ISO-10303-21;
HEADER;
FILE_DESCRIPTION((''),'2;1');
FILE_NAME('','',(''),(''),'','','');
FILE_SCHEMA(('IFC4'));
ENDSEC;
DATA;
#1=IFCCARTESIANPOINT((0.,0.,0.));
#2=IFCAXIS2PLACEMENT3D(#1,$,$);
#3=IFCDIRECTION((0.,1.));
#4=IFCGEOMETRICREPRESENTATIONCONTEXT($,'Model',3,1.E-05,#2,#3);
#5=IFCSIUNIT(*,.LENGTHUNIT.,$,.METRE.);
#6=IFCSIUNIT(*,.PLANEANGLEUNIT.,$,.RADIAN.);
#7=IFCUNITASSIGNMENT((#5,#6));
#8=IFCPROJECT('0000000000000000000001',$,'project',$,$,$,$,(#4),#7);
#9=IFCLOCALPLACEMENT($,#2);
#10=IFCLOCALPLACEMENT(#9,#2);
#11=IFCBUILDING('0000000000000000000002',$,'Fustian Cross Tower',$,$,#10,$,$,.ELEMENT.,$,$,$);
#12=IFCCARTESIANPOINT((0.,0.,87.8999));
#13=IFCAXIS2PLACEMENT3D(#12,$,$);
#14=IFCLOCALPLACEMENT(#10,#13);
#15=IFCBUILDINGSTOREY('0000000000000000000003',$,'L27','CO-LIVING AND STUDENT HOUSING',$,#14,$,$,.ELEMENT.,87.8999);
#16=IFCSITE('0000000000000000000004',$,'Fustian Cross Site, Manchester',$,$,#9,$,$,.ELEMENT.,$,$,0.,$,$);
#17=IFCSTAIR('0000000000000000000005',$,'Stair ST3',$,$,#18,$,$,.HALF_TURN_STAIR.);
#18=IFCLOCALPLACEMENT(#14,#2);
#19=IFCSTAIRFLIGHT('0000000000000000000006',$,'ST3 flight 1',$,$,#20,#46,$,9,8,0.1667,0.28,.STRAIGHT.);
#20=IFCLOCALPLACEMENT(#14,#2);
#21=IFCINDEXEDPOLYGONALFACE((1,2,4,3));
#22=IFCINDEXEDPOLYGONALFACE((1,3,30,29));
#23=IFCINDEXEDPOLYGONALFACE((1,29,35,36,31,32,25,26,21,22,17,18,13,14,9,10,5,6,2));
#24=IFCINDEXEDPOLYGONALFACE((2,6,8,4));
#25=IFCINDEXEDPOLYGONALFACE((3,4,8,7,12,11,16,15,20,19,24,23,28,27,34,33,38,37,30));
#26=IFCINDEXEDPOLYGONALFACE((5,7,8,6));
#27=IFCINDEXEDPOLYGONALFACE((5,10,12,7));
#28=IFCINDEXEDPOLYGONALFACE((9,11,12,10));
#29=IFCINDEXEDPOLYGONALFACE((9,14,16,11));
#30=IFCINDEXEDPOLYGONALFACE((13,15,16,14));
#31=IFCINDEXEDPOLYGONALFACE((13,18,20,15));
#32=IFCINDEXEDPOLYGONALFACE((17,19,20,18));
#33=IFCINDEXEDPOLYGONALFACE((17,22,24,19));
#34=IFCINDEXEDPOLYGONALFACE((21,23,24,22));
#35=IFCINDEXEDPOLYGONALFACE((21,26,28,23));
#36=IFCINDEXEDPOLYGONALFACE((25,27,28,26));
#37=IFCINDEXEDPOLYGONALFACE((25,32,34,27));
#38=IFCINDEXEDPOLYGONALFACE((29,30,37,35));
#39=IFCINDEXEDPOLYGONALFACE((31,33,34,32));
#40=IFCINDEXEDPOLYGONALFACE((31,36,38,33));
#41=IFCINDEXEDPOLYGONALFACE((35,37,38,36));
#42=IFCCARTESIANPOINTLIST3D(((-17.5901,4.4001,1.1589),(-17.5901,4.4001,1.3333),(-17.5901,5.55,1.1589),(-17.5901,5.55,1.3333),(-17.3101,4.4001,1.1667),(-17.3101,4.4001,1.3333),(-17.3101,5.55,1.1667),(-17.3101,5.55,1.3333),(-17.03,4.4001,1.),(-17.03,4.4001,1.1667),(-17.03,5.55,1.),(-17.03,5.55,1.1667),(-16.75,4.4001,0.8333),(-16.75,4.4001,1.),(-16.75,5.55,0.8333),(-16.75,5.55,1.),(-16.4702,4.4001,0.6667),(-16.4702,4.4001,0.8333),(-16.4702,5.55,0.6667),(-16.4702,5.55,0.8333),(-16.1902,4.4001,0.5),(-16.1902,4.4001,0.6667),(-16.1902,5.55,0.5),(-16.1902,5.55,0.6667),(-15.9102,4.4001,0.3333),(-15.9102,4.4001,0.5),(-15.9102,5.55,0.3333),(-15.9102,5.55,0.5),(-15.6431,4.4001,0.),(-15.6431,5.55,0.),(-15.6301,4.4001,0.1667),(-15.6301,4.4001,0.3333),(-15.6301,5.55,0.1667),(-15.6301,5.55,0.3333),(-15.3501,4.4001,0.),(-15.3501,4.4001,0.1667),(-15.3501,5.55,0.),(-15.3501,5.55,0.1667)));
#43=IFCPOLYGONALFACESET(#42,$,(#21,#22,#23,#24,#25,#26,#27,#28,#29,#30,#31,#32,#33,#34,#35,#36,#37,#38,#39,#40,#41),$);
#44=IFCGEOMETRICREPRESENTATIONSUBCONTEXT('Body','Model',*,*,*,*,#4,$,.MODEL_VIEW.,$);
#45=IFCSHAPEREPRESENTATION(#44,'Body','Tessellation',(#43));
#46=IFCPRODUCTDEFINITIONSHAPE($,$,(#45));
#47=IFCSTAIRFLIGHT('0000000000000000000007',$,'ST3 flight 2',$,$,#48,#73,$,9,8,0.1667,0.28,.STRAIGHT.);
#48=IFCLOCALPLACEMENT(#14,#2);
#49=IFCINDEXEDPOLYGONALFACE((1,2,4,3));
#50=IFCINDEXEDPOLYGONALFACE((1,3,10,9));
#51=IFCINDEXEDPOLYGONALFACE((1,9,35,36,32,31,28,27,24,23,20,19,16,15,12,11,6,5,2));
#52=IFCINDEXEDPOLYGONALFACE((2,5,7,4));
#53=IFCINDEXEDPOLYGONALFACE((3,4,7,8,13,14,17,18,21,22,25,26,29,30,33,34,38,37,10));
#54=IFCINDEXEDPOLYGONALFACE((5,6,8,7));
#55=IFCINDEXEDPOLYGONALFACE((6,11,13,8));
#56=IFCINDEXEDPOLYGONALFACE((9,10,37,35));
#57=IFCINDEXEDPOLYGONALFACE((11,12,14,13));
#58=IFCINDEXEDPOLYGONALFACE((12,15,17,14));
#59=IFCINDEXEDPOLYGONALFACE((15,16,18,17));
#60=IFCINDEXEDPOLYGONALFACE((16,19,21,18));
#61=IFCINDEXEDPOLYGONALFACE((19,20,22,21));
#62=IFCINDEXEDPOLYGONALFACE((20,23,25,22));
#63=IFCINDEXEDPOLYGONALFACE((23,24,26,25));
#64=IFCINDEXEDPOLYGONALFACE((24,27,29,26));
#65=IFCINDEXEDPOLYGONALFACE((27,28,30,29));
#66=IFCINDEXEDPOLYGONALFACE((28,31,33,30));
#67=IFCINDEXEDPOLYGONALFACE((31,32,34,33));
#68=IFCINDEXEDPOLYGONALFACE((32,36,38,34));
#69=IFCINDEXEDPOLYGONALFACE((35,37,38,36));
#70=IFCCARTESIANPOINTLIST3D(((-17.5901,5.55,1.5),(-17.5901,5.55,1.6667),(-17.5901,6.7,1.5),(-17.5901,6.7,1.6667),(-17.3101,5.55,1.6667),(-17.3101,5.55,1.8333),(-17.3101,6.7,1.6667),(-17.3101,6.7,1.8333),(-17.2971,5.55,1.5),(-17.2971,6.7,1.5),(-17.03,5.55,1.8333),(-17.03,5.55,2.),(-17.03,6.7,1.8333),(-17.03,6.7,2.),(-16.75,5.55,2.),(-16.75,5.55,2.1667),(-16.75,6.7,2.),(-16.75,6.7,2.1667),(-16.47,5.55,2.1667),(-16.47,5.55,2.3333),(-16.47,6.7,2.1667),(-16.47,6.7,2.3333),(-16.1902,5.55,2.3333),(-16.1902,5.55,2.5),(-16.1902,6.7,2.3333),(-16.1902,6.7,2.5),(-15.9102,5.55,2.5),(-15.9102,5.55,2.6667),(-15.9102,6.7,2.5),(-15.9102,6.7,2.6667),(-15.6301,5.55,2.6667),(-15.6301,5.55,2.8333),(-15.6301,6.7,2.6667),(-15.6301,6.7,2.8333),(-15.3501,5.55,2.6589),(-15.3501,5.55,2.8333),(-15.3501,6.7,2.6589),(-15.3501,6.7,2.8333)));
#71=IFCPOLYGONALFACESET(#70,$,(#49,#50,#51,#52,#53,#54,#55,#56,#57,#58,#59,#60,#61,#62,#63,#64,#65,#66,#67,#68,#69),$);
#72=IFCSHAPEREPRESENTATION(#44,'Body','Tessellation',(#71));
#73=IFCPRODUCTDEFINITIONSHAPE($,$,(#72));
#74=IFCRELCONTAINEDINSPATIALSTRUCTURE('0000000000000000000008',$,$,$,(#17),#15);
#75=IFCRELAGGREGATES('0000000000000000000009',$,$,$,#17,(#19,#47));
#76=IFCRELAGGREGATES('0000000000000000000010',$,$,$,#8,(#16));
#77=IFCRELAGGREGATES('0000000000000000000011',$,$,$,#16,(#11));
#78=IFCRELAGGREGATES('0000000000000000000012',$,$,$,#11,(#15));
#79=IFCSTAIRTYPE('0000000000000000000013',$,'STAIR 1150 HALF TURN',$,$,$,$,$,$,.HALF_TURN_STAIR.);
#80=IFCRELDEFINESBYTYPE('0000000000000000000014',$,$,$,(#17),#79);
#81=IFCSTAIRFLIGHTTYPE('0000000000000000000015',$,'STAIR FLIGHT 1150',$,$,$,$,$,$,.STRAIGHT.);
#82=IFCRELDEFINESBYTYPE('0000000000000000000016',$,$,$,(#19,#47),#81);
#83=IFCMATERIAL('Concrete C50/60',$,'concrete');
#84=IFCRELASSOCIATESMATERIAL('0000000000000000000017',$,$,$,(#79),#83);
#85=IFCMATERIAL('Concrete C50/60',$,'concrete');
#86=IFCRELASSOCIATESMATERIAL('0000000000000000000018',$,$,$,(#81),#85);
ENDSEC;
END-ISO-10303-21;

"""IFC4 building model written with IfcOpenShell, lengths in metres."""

from ifc_helpers import new_model, si_unit, direction, frame, origin, place, context, subcontext, project, spatial, polyline, outline, extrude, material, type_object, element, aggregate, save


model = new_model("IFC4")

# Units and contexts
model_context = context("Model", 3, precision=1e-05, world=origin(), true_north=direction((0.0, 1.0)))
body_context = subcontext(model_context, "Body", "Model", "MODEL_VIEW")
ifc_project = project(units=[si_unit("LENGTHUNIT", "METRE"), si_unit("PLANEANGLEUNIT", "RADIAN")], contexts=[model_context])

# Site, building, storey
site_placement = place(None, origin())
site = spatial("IfcSite", under=ifc_project, at=site_placement, Name="Fustian Cross Site, Manchester", CompositionType="ELEMENT", RefElevation=0.0)
building_placement = place(site_placement, origin())
building = spatial("IfcBuilding", under=site, at=building_placement, Name="Fustian Cross Tower", CompositionType="ELEMENT")
storey_placement = place(building_placement, frame((0.0, 0.0, 87.8999)))
storey = spatial("IfcBuildingStorey", under=building, at=storey_placement, Name="L27", Description="CO-LIVING AND STUDENT HOUSING", CompositionType="ELEMENT", Elevation=87.8999)

# Stair, stair flights
ifc_material_1 = material(Name="Concrete C50/60", Category="concrete")
stair_type = type_object("IfcStairType", Name="STAIR 1150 HALF TURN", PredefinedType="HALF_TURN_STAIR", material=ifc_material_1)
stair_placement = place(storey_placement, origin())
stair = element("IfcStair", 1, at=stair_placement, inside=storey, type_object=stair_type, Name="Stair ST3", PredefinedType="HALF_TURN_STAIR")
ifc_material_2 = material(Name="Concrete C50/60", Category="concrete")
stair_flight_type = type_object("IfcStairFlightType", Name="STAIR FLIGHT 1150", PredefinedType="STRAIGHT", material=ifc_material_2)
stair_flight_1_placement = place(storey_placement, frame((-15.3501, 4.9751, 0.0), z_axis=(0.0, 0.0, 1.0), x_axis=(-1.0, 0.0, 0.0)))
stair_flight_1 = element("IfcStairFlight", 2, at=stair_flight_1_placement, type_object=stair_flight_type, Name="ST3 flight 1", NumberOfRisers=9, NumberOfTreads=8, PredefinedType="STRAIGHT", RiserHeight=0.1667, TreadLength=0.28, context=body_context, shape_type="SweptSolid", body=[
    extrude(outline(polyline([(0.0, 0.0), (0.0, 0.1667), (0.28, 0.1667), (0.28, 0.3333), (0.5601, 0.3333), (0.5601, 0.5), (0.8401, 0.5), (0.8401, 0.6667), (1.1201, 0.6667), (1.1201, 0.8333), (1.3999, 0.8333), (1.3999, 1.0), (1.6799, 1.0), (1.6799, 1.1667), (1.96, 1.1667), (1.96, 1.3333), (2.24, 1.3333), (2.24, 1.5), (2.24, 1.1589), (0.293, 0.0), (0.0, 0.0)])), frame((0.0, 0.575, 0.0), z_axis=(0.0, -1.0, 0.0), x_axis=(1.0, 0.0, 0.0)), (0.0, 0.0, 1.0), 1.1499),
])
stair_flight_2_placement = place(storey_placement, frame((-17.5901, 6.125, 1.5), z_axis=(0.0, 0.0, 1.0), x_axis=(1.0, 0.0, 0.0)))
stair_flight_2 = element("IfcStairFlight", 3, at=stair_flight_2_placement, type_object=stair_flight_type, Name="ST3 flight 2", NumberOfRisers=9, NumberOfTreads=8, PredefinedType="STRAIGHT", RiserHeight=0.1667, TreadLength=0.28, context=body_context, shape_type="SweptSolid", body=[
    extrude(outline(polyline([(0.0, 0.0), (0.0, 0.1667), (0.28, 0.1667), (0.28, 0.3333), (0.5601, 0.3333), (0.5601, 0.5), (0.8401, 0.5), (0.8401, 0.6667), (1.1201, 0.6667), (1.1201, 0.8333), (1.3999, 0.8333), (1.3999, 1.0), (1.6799, 1.0), (1.6799, 1.1667), (1.96, 1.1667), (1.96, 1.3333), (2.24, 1.3333), (2.24, 1.5), (2.24, 1.1589), (0.293, 0.0), (0.0, 0.0)])), frame((0.0, 0.575, 0.0), z_axis=(0.0, -1.0, 0.0), x_axis=(1.0, 0.0, 0.0)), (0.0, 0.0, 1.0), 1.1499),
])
aggregate(stair, [stair_flight_1, stair_flight_2])

save(model, "model.ifc")
